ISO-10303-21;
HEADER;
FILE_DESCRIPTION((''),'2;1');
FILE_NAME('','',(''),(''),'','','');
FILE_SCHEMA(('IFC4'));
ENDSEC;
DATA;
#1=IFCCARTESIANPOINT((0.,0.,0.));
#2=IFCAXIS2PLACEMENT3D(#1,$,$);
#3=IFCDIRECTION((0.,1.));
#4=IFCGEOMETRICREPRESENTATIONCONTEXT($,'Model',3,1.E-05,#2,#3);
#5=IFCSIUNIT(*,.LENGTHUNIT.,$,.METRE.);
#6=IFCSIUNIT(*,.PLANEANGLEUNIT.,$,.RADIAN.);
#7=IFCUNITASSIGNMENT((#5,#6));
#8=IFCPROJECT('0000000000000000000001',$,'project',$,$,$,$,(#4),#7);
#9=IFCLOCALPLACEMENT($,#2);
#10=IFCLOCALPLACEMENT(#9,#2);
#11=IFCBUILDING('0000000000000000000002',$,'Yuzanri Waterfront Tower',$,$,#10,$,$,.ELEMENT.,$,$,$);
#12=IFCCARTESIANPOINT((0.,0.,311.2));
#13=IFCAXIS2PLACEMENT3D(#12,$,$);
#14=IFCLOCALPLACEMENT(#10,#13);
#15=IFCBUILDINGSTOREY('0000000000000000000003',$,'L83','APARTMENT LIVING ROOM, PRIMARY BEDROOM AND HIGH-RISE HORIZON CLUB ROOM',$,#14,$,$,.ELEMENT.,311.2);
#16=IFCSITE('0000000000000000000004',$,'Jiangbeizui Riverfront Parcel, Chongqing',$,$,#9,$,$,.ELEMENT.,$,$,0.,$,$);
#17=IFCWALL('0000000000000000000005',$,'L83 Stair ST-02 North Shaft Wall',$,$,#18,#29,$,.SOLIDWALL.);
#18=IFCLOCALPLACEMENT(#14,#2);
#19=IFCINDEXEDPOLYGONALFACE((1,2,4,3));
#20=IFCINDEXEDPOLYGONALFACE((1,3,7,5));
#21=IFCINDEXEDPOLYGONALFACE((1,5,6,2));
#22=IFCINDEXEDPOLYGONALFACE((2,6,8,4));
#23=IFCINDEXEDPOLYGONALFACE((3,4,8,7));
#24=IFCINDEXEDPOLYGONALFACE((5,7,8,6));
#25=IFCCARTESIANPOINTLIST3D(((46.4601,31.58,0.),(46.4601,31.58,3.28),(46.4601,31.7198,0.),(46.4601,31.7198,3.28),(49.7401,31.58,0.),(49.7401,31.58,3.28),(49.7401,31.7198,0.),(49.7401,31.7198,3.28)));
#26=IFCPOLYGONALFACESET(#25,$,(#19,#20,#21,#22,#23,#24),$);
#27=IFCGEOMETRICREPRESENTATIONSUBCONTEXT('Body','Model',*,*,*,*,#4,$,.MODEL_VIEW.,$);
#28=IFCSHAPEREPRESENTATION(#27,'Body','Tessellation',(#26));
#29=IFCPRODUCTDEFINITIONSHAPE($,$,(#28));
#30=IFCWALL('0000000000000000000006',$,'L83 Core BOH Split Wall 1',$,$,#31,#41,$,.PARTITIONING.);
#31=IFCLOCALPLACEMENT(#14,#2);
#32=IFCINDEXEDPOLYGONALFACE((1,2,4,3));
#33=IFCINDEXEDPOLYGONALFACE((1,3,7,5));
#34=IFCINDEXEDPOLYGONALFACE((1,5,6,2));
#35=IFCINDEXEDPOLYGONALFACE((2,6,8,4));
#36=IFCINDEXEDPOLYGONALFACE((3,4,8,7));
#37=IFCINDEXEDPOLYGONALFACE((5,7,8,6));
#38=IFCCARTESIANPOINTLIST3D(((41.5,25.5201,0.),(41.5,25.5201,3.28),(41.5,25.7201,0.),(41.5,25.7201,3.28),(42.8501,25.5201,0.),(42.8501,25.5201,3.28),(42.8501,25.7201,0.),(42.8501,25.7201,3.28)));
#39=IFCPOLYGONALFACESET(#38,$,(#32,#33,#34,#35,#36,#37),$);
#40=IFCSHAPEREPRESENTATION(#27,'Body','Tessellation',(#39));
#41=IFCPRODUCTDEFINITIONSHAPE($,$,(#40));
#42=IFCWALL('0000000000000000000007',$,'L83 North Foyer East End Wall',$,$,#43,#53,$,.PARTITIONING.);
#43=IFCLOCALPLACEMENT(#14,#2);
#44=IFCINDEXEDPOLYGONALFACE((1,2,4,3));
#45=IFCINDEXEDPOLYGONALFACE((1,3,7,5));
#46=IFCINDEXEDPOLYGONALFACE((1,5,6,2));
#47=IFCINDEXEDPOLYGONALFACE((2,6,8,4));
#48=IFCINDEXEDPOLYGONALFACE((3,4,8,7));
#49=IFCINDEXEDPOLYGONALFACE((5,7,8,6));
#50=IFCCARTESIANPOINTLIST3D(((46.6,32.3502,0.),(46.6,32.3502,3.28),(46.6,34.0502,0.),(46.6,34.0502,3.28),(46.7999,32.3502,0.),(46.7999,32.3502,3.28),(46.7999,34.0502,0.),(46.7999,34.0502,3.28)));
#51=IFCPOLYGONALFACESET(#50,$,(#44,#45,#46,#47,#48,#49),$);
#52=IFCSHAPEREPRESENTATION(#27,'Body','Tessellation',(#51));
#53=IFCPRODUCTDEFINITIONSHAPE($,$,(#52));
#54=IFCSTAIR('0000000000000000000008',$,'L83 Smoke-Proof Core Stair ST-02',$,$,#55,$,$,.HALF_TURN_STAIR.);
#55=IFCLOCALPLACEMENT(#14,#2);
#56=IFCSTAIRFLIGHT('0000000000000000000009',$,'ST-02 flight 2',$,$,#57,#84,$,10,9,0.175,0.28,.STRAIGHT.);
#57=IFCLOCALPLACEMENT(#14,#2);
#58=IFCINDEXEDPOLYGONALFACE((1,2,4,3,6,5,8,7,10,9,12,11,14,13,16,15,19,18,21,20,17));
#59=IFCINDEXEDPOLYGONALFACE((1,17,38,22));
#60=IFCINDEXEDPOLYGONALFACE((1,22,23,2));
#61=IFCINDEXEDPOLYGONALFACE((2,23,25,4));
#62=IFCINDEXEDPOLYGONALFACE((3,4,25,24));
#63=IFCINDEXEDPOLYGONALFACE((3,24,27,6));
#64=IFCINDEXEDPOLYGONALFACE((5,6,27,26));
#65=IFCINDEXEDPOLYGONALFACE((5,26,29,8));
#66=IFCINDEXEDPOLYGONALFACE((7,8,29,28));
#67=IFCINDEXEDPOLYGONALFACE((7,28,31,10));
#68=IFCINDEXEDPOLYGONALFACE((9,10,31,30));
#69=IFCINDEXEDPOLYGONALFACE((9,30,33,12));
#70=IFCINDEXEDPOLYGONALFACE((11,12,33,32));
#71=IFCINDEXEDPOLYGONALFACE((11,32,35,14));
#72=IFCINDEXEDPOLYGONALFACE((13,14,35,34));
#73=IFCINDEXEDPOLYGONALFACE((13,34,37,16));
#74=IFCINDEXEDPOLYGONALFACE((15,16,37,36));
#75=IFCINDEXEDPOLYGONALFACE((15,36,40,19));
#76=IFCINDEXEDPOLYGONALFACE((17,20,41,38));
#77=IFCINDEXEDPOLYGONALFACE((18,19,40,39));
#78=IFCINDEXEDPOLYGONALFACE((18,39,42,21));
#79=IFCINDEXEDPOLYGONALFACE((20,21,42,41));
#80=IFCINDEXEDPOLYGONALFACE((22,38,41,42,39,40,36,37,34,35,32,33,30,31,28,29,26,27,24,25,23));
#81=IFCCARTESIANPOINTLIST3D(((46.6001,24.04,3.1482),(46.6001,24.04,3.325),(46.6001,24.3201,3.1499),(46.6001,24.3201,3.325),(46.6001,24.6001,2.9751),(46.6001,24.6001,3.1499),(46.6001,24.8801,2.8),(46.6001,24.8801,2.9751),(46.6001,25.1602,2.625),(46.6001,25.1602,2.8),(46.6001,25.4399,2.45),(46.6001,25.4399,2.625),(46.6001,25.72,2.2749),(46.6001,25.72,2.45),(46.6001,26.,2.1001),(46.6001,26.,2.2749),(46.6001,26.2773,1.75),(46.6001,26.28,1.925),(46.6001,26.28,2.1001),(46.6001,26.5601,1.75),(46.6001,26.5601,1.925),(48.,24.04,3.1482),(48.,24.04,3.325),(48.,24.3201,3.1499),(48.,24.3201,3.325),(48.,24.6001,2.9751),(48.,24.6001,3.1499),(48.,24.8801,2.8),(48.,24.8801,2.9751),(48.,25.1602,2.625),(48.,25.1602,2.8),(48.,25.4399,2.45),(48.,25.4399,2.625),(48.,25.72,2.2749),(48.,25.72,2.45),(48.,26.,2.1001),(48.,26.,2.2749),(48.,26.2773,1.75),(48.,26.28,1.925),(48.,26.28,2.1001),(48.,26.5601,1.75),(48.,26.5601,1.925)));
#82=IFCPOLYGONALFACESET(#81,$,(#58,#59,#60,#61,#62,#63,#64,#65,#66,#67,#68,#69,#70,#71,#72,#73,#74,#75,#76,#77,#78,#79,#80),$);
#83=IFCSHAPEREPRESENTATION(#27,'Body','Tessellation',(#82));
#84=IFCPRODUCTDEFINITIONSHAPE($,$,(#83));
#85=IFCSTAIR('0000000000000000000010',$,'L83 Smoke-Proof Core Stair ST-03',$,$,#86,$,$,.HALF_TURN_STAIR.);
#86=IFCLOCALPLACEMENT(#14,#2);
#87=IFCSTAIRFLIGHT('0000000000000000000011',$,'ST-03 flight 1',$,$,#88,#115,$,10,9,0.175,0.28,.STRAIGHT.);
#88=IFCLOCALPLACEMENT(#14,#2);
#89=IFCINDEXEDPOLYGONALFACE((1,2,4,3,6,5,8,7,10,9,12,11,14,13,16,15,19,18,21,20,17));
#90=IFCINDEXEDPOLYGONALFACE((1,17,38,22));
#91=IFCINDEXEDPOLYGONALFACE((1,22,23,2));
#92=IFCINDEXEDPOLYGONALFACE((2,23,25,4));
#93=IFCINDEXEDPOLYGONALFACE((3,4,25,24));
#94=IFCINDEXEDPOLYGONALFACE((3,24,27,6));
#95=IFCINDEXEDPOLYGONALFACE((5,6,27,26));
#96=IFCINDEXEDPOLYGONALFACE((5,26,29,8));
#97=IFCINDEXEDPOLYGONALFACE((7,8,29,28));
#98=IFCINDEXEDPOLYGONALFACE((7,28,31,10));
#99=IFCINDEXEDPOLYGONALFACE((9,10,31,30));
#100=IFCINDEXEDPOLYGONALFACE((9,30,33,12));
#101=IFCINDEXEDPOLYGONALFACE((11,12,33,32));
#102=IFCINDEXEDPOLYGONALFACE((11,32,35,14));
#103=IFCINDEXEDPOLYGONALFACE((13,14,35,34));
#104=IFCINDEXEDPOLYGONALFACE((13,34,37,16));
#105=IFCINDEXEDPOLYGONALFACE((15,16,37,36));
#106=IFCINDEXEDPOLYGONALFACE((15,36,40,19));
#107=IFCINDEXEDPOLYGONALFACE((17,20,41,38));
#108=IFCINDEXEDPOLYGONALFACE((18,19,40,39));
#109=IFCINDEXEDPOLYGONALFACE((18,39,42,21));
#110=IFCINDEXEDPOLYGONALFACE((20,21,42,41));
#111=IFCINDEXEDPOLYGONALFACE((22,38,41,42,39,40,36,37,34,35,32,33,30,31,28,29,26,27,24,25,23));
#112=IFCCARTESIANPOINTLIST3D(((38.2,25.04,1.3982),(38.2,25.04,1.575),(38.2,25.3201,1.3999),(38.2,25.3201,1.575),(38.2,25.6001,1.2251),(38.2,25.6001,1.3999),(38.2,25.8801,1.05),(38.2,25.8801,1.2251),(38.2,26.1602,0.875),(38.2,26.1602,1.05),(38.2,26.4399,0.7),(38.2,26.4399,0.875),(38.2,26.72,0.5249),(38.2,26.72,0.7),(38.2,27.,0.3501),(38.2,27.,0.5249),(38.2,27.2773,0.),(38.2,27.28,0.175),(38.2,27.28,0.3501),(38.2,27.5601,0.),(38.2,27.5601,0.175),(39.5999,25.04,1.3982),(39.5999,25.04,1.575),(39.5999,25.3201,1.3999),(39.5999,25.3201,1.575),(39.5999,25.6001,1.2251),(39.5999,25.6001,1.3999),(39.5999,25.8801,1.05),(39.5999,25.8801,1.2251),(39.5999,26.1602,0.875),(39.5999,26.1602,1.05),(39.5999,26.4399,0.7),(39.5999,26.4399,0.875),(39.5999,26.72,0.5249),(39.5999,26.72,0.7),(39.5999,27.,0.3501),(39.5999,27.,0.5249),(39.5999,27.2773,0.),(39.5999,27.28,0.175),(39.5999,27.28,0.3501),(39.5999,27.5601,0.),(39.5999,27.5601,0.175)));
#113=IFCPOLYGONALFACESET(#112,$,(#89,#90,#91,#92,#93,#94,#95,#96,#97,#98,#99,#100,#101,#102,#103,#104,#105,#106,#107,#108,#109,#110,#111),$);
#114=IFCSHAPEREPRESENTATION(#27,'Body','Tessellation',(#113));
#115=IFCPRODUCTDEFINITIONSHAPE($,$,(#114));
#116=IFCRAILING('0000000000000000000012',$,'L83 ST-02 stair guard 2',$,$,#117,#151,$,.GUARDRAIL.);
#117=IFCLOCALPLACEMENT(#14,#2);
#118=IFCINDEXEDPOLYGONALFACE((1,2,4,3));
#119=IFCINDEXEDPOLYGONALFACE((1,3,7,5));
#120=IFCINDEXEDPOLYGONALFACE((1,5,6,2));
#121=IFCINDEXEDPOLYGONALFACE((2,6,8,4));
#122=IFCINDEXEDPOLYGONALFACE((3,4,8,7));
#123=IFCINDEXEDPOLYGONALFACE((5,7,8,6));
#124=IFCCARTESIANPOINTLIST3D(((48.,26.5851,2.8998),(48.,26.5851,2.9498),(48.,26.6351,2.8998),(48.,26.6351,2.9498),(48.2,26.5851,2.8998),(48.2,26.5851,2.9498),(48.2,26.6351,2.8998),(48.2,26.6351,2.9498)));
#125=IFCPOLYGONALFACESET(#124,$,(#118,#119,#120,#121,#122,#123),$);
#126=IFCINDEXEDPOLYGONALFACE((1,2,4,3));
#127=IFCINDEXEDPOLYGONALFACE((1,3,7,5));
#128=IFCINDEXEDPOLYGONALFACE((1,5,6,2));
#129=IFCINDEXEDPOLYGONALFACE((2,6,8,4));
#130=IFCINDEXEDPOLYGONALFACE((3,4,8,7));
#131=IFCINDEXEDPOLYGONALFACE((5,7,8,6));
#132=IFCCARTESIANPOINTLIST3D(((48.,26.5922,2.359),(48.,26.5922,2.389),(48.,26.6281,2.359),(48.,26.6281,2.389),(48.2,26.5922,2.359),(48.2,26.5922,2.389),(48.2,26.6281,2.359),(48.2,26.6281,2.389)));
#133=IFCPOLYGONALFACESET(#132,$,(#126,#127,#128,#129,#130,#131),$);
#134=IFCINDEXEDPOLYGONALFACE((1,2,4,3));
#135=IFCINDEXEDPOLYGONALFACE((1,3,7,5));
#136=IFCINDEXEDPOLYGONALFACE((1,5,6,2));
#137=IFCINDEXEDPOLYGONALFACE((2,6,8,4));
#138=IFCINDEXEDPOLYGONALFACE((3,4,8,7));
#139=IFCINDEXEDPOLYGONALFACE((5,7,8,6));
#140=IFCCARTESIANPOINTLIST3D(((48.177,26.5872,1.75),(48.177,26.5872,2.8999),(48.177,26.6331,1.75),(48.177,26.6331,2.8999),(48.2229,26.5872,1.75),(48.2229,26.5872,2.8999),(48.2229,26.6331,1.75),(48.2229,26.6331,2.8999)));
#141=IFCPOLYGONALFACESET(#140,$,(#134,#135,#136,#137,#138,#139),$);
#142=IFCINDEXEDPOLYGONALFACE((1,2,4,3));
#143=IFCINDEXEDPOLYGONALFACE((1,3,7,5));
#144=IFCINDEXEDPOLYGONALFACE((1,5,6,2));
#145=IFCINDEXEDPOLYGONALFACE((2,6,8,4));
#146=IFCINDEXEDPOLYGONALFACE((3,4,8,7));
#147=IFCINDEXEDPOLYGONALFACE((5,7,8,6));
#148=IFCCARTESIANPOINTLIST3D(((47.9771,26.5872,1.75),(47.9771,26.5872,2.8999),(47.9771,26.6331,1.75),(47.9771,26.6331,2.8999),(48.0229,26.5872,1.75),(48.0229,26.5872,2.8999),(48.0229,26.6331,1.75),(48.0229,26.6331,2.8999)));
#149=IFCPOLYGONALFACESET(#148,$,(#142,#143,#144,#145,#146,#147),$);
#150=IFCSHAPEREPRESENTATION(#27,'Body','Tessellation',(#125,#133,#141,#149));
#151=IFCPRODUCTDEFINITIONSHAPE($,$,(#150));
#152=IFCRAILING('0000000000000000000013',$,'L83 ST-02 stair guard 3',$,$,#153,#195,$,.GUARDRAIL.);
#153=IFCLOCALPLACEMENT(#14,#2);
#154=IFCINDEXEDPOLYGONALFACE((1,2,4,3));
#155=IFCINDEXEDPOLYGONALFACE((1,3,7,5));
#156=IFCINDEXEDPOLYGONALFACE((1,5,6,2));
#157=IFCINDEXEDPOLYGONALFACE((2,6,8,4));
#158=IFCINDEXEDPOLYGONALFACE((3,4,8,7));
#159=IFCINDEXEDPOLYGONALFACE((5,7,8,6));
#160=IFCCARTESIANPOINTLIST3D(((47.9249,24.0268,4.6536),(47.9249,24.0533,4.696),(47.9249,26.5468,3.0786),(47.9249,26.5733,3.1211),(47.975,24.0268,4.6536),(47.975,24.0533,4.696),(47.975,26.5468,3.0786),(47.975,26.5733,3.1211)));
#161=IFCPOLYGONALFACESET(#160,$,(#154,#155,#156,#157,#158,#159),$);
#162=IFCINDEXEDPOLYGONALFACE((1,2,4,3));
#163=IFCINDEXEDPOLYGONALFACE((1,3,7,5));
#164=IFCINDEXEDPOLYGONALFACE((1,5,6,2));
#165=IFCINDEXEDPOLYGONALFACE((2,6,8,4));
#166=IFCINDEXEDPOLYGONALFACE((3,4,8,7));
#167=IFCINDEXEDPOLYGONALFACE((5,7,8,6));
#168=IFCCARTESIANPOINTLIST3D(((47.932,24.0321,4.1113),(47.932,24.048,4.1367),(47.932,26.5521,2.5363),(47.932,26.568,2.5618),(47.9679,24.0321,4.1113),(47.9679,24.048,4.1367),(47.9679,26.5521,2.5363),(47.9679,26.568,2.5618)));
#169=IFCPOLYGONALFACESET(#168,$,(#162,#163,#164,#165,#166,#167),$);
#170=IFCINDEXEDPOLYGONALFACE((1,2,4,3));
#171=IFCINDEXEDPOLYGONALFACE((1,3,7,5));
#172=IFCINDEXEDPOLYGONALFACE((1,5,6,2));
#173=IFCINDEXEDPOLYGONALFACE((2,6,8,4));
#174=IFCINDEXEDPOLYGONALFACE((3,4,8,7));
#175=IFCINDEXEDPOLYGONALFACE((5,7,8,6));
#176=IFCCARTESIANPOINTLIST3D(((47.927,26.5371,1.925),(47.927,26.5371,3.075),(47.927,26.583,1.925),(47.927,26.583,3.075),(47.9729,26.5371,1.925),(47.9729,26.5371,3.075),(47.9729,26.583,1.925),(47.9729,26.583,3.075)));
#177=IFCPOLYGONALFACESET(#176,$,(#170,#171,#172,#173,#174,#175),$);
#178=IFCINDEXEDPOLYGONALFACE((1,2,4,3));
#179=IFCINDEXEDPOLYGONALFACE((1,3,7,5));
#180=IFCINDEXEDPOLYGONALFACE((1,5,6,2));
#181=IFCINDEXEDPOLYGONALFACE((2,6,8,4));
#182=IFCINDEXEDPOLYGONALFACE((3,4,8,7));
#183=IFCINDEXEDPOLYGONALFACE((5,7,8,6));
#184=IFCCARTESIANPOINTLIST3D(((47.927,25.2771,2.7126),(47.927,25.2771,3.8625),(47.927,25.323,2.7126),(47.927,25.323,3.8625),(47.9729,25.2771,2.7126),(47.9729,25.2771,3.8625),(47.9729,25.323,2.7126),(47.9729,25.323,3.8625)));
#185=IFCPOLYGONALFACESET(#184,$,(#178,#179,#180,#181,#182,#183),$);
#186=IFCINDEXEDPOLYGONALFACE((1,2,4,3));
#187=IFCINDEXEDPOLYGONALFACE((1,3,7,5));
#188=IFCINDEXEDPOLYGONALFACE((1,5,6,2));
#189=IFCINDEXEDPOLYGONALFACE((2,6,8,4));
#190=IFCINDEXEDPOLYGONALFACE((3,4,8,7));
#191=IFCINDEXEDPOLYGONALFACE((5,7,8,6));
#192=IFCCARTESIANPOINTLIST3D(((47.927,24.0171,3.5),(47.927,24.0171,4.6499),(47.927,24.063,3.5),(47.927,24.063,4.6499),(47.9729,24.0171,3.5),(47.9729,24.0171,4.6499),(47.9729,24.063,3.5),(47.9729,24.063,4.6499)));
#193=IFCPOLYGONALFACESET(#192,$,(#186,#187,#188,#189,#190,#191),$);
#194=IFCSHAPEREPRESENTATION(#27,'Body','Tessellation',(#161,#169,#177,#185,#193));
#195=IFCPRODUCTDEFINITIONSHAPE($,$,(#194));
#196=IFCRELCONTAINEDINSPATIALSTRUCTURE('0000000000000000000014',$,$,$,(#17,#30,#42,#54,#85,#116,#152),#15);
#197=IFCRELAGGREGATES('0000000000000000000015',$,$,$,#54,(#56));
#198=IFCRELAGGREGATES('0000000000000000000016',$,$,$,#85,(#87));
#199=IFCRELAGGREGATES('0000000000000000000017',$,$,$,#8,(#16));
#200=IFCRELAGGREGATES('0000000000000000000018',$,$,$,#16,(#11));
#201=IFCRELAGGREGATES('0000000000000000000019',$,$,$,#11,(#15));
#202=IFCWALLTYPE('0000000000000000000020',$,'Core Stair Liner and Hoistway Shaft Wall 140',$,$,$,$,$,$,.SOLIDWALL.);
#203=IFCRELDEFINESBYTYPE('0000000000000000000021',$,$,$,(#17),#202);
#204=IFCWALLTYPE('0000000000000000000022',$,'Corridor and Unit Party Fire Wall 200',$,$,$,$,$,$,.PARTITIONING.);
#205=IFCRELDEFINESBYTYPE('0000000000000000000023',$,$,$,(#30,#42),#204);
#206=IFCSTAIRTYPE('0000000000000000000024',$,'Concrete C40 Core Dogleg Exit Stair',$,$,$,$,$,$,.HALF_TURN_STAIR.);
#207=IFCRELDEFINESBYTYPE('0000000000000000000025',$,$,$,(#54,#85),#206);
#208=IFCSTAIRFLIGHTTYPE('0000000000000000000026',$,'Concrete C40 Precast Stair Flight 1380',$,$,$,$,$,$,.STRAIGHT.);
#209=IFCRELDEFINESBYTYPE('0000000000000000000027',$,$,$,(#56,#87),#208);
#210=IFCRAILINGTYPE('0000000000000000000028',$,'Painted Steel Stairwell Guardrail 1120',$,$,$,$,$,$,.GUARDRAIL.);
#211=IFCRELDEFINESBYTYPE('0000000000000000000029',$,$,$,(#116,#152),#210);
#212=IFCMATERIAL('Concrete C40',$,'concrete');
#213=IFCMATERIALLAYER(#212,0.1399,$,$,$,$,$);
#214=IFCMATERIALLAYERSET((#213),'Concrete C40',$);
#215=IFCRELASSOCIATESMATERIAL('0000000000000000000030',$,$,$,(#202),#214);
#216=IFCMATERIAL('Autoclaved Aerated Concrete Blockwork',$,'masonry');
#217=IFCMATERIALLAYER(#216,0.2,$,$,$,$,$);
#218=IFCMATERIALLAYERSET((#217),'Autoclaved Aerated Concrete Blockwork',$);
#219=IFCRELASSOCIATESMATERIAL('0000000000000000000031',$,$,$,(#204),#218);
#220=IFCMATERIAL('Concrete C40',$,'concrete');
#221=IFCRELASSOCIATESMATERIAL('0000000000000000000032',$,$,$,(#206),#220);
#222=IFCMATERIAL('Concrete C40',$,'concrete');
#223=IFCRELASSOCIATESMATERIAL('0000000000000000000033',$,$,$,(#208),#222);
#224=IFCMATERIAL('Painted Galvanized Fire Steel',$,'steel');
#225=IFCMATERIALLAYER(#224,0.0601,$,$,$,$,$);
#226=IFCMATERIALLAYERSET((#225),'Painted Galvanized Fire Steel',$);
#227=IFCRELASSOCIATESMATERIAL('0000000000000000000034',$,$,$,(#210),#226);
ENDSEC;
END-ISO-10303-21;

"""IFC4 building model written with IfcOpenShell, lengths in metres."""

from ifc_helpers import new_model, si_unit, direction, frame, frame_2d, origin, origin_2d, place, context, subcontext, project, spatial, polyline, rectangle, outline, extrude, source, transform, mapped, material, layer, layer_set, type_object, element, aggregate, save


model = new_model("IFC4")

# Units and contexts
model_context = context("Model", 3, precision=1e-05, world=origin(), true_north=direction((0.0, 1.0)))
body_context = subcontext(model_context, "Body", "Model", "MODEL_VIEW")
ifc_project = project(units=[si_unit("LENGTHUNIT", "METRE"), si_unit("PLANEANGLEUNIT", "RADIAN")], contexts=[model_context])

# Site, building, storey
site_placement = place(None, origin())
site = spatial("IfcSite", under=ifc_project, at=site_placement, Name="Jiangbeizui Riverfront Parcel, Chongqing", CompositionType="ELEMENT", RefElevation=0.0)
building_placement = place(site_placement, origin())
building = spatial("IfcBuilding", under=site, at=building_placement, Name="Yuzanri Waterfront Tower", CompositionType="ELEMENT")
storey_placement = place(building_placement, frame((0.0, 0.0, 311.2)))
storey = spatial("IfcBuildingStorey", under=building, at=storey_placement, Name="L83", Description="APARTMENT LIVING ROOM, PRIMARY BEDROOM AND HIGH-RISE HORIZON CLUB ROOM", CompositionType="ELEMENT", Elevation=311.2)

# Shared definitions
ifc_material_1 = material(Name="Concrete C40", Category="concrete")
ifc_layer_1 = layer(ifc_material_1, 0.1399)
ifc_layer_set_1 = layer_set([ifc_layer_1], Name="Concrete C40")
wall_type_1 = type_object("IfcWallType", Name="Core Stair Liner and Hoistway Shaft Wall 140", PredefinedType="SOLIDWALL", material=ifc_layer_set_1)
ifc_material_2 = material(Name="Autoclaved Aerated Concrete Blockwork", Category="masonry")
ifc_layer_2 = layer(ifc_material_2, 0.2)
ifc_layer_set_2 = layer_set([ifc_layer_2], Name="Autoclaved Aerated Concrete Blockwork")
wall_type_2 = type_object("IfcWallType", Name="Corridor and Unit Party Fire Wall 200", PredefinedType="PARTITIONING", material=ifc_layer_set_2)

# Walls
shared_shape_1 = source(origin(), body_context, "Body", "SweptSolid", [
    extrude(rectangle(XDim=3.28, YDim=0.1399, at=frame_2d((1.6401, 0.0))), origin(), (0.0, 0.0, 1.0), 3.28),
])
wall_1_placement = place(storey_placement, frame((46.46, 31.6499, 0.0), z_axis=(0.0, 0.0, 1.0), x_axis=(1.0, 0.0, 0.0)))
element("IfcWall", 1, at=wall_1_placement, inside=storey, type_object=wall_type_1, Name="L83 Stair ST-02 North Shaft Wall", PredefinedType="SOLIDWALL", context=body_context, shape_type="MappedRepresentation", body=[
    mapped(shared_shape_1, transform((0.0, 0.0, 0.0), scale=1.0)),
])
shared_shape_2 = source(origin(), body_context, "Body", "SweptSolid", [
    extrude(rectangle(XDim=1.3501, YDim=0.2, at=frame_2d((0.675, 0.0))), origin(), (0.0, 0.0, 1.0), 3.28),
])
wall_2_placement = place(storey_placement, frame((41.5, 25.6201, 0.0), z_axis=(0.0, 0.0, 1.0), x_axis=(1.0, 0.0, 0.0)))
element("IfcWall", 2, at=wall_2_placement, inside=storey, type_object=wall_type_2, Name="L83 Core BOH Split Wall 1", PredefinedType="PARTITIONING", context=body_context, shape_type="MappedRepresentation", body=[
    mapped(shared_shape_2, transform((0.0, 0.0, 0.0), scale=1.0)),
])
shared_shape_3 = source(origin(), body_context, "Body", "SweptSolid", [
    extrude(rectangle(XDim=1.7, YDim=0.2, at=frame_2d((0.8501, 0.0))), origin(), (0.0, 0.0, 1.0), 3.28),
])
wall_3_placement = place(storey_placement, frame((46.7, 32.3501, 0.0), z_axis=(0.0, 0.0, 1.0), x_axis=(0.0, 1.0, 0.0)))
element("IfcWall", 3, at=wall_3_placement, inside=storey, type_object=wall_type_2, Name="L83 North Foyer East End Wall", PredefinedType="PARTITIONING", context=body_context, shape_type="MappedRepresentation", body=[
    mapped(shared_shape_3, transform((0.0, 0.0, 0.0), scale=1.0)),
])

# Stairs, stair flights
ifc_material_3 = material(Name="Concrete C40", Category="concrete")
stair_type = type_object("IfcStairType", Name="Concrete C40 Core Dogleg Exit Stair", PredefinedType="HALF_TURN_STAIR", material=ifc_material_3)
stair_1_placement = place(storey_placement, origin())
stair_1 = element("IfcStair", 4, at=stair_1_placement, inside=storey, type_object=stair_type, Name="L83 Smoke-Proof Core Stair ST-02", PredefinedType="HALF_TURN_STAIR")
ifc_material_4 = material(Name="Concrete C40", Category="concrete")
stair_flight_type = type_object("IfcStairFlightType", Name="Concrete C40 Precast Stair Flight 1380", PredefinedType="STRAIGHT", material=ifc_material_4)
shared_shape_4 = source(origin(), body_context, "Body", "SweptSolid", [
    extrude(outline(polyline([(0.0, 0.0), (0.0, 0.175), (0.28, 0.175), (0.28, 0.3501), (0.5601, 0.3501), (0.5601, 0.5249), (0.8401, 0.5249), (0.8401, 0.7), (1.1201, 0.7), (1.1201, 0.875), (1.3999, 0.875), (1.3999, 1.05), (1.6799, 1.05), (1.6799, 1.2251), (1.96, 1.2251), (1.96, 1.3999), (2.24, 1.3999), (2.24, 1.575), (2.52, 1.575), (2.52, 1.75), (2.52, 1.3982), (0.2827, 0.0), (0.0, 0.0)])), frame((0.0, 0.7, 0.0), z_axis=(0.0, -1.0, 0.0), x_axis=(1.0, 0.0, 0.0)), (0.0, 0.0, 1.0), 1.3999),
])
stair_flight_1_placement = place(storey_placement, frame((47.3, 26.5601, 1.75), z_axis=(0.0, 0.0, 1.0), x_axis=(0.0, -1.0, 0.0)))
stair_flight_1 = element("IfcStairFlight", 5, at=stair_flight_1_placement, type_object=stair_flight_type, Name="ST-02 flight 2", NumberOfRisers=10, NumberOfTreads=9, PredefinedType="STRAIGHT", RiserHeight=0.175, TreadLength=0.28, context=body_context, shape_type="MappedRepresentation", body=[
    mapped(shared_shape_4, transform((0.0, 0.0, 0.0), scale=1.0)),
])
aggregate(stair_1, [stair_flight_1])
stair_2_placement = place(storey_placement, origin())
stair_2 = element("IfcStair", 6, at=stair_2_placement, inside=storey, type_object=stair_type, Name="L83 Smoke-Proof Core Stair ST-03", PredefinedType="HALF_TURN_STAIR")
stair_flight_2_placement = place(storey_placement, frame((38.8999, 27.5601, 0.0), z_axis=(0.0, 0.0, 1.0), x_axis=(0.0, -1.0, 0.0)))
stair_flight_2 = element("IfcStairFlight", 7, at=stair_flight_2_placement, type_object=stair_flight_type, Name="ST-03 flight 1", NumberOfRisers=10, NumberOfTreads=9, PredefinedType="STRAIGHT", RiserHeight=0.175, TreadLength=0.28, context=body_context, shape_type="MappedRepresentation", body=[
    mapped(shared_shape_4, transform((0.0, 0.0, 0.0), scale=1.0)),
])
aggregate(stair_2, [stair_flight_2])

# Railings
ifc_material_5 = material(Name="Painted Galvanized Fire Steel", Category="steel")
ifc_layer_3 = layer(ifc_material_5, 0.0601)
ifc_layer_set_3 = layer_set([ifc_layer_3], Name="Painted Galvanized Fire Steel")
railing_type_1 = type_object("IfcRailingType", Name="Painted Steel Stairwell Guardrail 1120", PredefinedType="GUARDRAIL", material=ifc_layer_set_3)
shared_shape_5 = source(origin(), body_context, "Body", "SweptSolid", [
    extrude(rectangle(XDim=0.05, YDim=0.05, at=origin_2d()), frame((0.0, 0.0, 1.1748), z_axis=(-1.0, 0.0, 0.0), x_axis=(0.0, -1.0, 0.0)), (0.0, 0.0, 1.0), 0.2),
    extrude(rectangle(XDim=0.0359, YDim=0.03, at=origin_2d()), frame((0.0, 0.0, 0.624), z_axis=(-1.0, 0.0, 0.0), x_axis=(0.0, -1.0, 0.0)), (0.0, 0.0, 1.0), 0.2),
    extrude(rectangle(XDim=0.0459, YDim=0.0459, at=origin_2d()), origin(), (0.0, 0.0, 1.0), 1.1499),
    extrude(rectangle(XDim=0.0459, YDim=0.0459, at=origin_2d()), frame((-0.2, 0.0, 0.0)), (0.0, 0.0, 1.0), 1.1499),
])
railing_1_placement = place(storey_placement, frame((48.2, 26.6101, 1.75)))
element("IfcRailing", 8, at=railing_1_placement, inside=storey, type_object=railing_type_1, Name="L83 ST-02 stair guard 2", PredefinedType="GUARDRAIL", context=body_context, shape_type="MappedRepresentation", body=[
    mapped(shared_shape_5, transform((0.0, 0.0, 0.0), scale=1.0)),
])
shared_shape_6 = source(origin(), body_context, "Body", "SweptSolid", [
    extrude(rectangle(XDim=0.05, YDim=0.05, at=origin_2d()), frame((0.0, 0.0, 1.1748), z_axis=(0.0, -0.848008, 0.529984), x_axis=(1.0, 0.0, 0.0)), (0.0, 0.0, 1.0), 2.9717),
    extrude(rectangle(XDim=0.0359, YDim=0.03, at=origin_2d()), frame((0.0, 0.0, 0.624), z_axis=(0.0, -0.848008, 0.529984), x_axis=(1.0, 0.0, 0.0)), (0.0, 0.0, 1.0), 2.9717),
    extrude(rectangle(XDim=0.0459, YDim=0.0459, at=origin_2d()), origin(), (0.0, 0.0, 1.0), 1.1499),
    extrude(rectangle(XDim=0.0459, YDim=0.0459, at=origin_2d()), frame((0.0, -1.26, 0.7876)), (0.0, 0.0, 1.0), 1.1499),
    extrude(rectangle(XDim=0.0459, YDim=0.0459, at=origin_2d()), frame((0.0, -2.52, 1.575)), (0.0, 0.0, 1.0), 1.1499),
])
for number, where, name in (
    (9, (47.95, 26.5601, 1.925), "L83 ST-02 stair guard 3"),
):
    element("IfcRailing", number, at=place(storey_placement, frame(where)), inside=storey, type_object=railing_type_1, Name=name, PredefinedType="GUARDRAIL", context=body_context, shape_type="MappedRepresentation", body=[
        mapped(shared_shape_6, transform((0.0, 0.0, 0.0), scale=1.0)),
    ])

save(model, "model.ifc")
